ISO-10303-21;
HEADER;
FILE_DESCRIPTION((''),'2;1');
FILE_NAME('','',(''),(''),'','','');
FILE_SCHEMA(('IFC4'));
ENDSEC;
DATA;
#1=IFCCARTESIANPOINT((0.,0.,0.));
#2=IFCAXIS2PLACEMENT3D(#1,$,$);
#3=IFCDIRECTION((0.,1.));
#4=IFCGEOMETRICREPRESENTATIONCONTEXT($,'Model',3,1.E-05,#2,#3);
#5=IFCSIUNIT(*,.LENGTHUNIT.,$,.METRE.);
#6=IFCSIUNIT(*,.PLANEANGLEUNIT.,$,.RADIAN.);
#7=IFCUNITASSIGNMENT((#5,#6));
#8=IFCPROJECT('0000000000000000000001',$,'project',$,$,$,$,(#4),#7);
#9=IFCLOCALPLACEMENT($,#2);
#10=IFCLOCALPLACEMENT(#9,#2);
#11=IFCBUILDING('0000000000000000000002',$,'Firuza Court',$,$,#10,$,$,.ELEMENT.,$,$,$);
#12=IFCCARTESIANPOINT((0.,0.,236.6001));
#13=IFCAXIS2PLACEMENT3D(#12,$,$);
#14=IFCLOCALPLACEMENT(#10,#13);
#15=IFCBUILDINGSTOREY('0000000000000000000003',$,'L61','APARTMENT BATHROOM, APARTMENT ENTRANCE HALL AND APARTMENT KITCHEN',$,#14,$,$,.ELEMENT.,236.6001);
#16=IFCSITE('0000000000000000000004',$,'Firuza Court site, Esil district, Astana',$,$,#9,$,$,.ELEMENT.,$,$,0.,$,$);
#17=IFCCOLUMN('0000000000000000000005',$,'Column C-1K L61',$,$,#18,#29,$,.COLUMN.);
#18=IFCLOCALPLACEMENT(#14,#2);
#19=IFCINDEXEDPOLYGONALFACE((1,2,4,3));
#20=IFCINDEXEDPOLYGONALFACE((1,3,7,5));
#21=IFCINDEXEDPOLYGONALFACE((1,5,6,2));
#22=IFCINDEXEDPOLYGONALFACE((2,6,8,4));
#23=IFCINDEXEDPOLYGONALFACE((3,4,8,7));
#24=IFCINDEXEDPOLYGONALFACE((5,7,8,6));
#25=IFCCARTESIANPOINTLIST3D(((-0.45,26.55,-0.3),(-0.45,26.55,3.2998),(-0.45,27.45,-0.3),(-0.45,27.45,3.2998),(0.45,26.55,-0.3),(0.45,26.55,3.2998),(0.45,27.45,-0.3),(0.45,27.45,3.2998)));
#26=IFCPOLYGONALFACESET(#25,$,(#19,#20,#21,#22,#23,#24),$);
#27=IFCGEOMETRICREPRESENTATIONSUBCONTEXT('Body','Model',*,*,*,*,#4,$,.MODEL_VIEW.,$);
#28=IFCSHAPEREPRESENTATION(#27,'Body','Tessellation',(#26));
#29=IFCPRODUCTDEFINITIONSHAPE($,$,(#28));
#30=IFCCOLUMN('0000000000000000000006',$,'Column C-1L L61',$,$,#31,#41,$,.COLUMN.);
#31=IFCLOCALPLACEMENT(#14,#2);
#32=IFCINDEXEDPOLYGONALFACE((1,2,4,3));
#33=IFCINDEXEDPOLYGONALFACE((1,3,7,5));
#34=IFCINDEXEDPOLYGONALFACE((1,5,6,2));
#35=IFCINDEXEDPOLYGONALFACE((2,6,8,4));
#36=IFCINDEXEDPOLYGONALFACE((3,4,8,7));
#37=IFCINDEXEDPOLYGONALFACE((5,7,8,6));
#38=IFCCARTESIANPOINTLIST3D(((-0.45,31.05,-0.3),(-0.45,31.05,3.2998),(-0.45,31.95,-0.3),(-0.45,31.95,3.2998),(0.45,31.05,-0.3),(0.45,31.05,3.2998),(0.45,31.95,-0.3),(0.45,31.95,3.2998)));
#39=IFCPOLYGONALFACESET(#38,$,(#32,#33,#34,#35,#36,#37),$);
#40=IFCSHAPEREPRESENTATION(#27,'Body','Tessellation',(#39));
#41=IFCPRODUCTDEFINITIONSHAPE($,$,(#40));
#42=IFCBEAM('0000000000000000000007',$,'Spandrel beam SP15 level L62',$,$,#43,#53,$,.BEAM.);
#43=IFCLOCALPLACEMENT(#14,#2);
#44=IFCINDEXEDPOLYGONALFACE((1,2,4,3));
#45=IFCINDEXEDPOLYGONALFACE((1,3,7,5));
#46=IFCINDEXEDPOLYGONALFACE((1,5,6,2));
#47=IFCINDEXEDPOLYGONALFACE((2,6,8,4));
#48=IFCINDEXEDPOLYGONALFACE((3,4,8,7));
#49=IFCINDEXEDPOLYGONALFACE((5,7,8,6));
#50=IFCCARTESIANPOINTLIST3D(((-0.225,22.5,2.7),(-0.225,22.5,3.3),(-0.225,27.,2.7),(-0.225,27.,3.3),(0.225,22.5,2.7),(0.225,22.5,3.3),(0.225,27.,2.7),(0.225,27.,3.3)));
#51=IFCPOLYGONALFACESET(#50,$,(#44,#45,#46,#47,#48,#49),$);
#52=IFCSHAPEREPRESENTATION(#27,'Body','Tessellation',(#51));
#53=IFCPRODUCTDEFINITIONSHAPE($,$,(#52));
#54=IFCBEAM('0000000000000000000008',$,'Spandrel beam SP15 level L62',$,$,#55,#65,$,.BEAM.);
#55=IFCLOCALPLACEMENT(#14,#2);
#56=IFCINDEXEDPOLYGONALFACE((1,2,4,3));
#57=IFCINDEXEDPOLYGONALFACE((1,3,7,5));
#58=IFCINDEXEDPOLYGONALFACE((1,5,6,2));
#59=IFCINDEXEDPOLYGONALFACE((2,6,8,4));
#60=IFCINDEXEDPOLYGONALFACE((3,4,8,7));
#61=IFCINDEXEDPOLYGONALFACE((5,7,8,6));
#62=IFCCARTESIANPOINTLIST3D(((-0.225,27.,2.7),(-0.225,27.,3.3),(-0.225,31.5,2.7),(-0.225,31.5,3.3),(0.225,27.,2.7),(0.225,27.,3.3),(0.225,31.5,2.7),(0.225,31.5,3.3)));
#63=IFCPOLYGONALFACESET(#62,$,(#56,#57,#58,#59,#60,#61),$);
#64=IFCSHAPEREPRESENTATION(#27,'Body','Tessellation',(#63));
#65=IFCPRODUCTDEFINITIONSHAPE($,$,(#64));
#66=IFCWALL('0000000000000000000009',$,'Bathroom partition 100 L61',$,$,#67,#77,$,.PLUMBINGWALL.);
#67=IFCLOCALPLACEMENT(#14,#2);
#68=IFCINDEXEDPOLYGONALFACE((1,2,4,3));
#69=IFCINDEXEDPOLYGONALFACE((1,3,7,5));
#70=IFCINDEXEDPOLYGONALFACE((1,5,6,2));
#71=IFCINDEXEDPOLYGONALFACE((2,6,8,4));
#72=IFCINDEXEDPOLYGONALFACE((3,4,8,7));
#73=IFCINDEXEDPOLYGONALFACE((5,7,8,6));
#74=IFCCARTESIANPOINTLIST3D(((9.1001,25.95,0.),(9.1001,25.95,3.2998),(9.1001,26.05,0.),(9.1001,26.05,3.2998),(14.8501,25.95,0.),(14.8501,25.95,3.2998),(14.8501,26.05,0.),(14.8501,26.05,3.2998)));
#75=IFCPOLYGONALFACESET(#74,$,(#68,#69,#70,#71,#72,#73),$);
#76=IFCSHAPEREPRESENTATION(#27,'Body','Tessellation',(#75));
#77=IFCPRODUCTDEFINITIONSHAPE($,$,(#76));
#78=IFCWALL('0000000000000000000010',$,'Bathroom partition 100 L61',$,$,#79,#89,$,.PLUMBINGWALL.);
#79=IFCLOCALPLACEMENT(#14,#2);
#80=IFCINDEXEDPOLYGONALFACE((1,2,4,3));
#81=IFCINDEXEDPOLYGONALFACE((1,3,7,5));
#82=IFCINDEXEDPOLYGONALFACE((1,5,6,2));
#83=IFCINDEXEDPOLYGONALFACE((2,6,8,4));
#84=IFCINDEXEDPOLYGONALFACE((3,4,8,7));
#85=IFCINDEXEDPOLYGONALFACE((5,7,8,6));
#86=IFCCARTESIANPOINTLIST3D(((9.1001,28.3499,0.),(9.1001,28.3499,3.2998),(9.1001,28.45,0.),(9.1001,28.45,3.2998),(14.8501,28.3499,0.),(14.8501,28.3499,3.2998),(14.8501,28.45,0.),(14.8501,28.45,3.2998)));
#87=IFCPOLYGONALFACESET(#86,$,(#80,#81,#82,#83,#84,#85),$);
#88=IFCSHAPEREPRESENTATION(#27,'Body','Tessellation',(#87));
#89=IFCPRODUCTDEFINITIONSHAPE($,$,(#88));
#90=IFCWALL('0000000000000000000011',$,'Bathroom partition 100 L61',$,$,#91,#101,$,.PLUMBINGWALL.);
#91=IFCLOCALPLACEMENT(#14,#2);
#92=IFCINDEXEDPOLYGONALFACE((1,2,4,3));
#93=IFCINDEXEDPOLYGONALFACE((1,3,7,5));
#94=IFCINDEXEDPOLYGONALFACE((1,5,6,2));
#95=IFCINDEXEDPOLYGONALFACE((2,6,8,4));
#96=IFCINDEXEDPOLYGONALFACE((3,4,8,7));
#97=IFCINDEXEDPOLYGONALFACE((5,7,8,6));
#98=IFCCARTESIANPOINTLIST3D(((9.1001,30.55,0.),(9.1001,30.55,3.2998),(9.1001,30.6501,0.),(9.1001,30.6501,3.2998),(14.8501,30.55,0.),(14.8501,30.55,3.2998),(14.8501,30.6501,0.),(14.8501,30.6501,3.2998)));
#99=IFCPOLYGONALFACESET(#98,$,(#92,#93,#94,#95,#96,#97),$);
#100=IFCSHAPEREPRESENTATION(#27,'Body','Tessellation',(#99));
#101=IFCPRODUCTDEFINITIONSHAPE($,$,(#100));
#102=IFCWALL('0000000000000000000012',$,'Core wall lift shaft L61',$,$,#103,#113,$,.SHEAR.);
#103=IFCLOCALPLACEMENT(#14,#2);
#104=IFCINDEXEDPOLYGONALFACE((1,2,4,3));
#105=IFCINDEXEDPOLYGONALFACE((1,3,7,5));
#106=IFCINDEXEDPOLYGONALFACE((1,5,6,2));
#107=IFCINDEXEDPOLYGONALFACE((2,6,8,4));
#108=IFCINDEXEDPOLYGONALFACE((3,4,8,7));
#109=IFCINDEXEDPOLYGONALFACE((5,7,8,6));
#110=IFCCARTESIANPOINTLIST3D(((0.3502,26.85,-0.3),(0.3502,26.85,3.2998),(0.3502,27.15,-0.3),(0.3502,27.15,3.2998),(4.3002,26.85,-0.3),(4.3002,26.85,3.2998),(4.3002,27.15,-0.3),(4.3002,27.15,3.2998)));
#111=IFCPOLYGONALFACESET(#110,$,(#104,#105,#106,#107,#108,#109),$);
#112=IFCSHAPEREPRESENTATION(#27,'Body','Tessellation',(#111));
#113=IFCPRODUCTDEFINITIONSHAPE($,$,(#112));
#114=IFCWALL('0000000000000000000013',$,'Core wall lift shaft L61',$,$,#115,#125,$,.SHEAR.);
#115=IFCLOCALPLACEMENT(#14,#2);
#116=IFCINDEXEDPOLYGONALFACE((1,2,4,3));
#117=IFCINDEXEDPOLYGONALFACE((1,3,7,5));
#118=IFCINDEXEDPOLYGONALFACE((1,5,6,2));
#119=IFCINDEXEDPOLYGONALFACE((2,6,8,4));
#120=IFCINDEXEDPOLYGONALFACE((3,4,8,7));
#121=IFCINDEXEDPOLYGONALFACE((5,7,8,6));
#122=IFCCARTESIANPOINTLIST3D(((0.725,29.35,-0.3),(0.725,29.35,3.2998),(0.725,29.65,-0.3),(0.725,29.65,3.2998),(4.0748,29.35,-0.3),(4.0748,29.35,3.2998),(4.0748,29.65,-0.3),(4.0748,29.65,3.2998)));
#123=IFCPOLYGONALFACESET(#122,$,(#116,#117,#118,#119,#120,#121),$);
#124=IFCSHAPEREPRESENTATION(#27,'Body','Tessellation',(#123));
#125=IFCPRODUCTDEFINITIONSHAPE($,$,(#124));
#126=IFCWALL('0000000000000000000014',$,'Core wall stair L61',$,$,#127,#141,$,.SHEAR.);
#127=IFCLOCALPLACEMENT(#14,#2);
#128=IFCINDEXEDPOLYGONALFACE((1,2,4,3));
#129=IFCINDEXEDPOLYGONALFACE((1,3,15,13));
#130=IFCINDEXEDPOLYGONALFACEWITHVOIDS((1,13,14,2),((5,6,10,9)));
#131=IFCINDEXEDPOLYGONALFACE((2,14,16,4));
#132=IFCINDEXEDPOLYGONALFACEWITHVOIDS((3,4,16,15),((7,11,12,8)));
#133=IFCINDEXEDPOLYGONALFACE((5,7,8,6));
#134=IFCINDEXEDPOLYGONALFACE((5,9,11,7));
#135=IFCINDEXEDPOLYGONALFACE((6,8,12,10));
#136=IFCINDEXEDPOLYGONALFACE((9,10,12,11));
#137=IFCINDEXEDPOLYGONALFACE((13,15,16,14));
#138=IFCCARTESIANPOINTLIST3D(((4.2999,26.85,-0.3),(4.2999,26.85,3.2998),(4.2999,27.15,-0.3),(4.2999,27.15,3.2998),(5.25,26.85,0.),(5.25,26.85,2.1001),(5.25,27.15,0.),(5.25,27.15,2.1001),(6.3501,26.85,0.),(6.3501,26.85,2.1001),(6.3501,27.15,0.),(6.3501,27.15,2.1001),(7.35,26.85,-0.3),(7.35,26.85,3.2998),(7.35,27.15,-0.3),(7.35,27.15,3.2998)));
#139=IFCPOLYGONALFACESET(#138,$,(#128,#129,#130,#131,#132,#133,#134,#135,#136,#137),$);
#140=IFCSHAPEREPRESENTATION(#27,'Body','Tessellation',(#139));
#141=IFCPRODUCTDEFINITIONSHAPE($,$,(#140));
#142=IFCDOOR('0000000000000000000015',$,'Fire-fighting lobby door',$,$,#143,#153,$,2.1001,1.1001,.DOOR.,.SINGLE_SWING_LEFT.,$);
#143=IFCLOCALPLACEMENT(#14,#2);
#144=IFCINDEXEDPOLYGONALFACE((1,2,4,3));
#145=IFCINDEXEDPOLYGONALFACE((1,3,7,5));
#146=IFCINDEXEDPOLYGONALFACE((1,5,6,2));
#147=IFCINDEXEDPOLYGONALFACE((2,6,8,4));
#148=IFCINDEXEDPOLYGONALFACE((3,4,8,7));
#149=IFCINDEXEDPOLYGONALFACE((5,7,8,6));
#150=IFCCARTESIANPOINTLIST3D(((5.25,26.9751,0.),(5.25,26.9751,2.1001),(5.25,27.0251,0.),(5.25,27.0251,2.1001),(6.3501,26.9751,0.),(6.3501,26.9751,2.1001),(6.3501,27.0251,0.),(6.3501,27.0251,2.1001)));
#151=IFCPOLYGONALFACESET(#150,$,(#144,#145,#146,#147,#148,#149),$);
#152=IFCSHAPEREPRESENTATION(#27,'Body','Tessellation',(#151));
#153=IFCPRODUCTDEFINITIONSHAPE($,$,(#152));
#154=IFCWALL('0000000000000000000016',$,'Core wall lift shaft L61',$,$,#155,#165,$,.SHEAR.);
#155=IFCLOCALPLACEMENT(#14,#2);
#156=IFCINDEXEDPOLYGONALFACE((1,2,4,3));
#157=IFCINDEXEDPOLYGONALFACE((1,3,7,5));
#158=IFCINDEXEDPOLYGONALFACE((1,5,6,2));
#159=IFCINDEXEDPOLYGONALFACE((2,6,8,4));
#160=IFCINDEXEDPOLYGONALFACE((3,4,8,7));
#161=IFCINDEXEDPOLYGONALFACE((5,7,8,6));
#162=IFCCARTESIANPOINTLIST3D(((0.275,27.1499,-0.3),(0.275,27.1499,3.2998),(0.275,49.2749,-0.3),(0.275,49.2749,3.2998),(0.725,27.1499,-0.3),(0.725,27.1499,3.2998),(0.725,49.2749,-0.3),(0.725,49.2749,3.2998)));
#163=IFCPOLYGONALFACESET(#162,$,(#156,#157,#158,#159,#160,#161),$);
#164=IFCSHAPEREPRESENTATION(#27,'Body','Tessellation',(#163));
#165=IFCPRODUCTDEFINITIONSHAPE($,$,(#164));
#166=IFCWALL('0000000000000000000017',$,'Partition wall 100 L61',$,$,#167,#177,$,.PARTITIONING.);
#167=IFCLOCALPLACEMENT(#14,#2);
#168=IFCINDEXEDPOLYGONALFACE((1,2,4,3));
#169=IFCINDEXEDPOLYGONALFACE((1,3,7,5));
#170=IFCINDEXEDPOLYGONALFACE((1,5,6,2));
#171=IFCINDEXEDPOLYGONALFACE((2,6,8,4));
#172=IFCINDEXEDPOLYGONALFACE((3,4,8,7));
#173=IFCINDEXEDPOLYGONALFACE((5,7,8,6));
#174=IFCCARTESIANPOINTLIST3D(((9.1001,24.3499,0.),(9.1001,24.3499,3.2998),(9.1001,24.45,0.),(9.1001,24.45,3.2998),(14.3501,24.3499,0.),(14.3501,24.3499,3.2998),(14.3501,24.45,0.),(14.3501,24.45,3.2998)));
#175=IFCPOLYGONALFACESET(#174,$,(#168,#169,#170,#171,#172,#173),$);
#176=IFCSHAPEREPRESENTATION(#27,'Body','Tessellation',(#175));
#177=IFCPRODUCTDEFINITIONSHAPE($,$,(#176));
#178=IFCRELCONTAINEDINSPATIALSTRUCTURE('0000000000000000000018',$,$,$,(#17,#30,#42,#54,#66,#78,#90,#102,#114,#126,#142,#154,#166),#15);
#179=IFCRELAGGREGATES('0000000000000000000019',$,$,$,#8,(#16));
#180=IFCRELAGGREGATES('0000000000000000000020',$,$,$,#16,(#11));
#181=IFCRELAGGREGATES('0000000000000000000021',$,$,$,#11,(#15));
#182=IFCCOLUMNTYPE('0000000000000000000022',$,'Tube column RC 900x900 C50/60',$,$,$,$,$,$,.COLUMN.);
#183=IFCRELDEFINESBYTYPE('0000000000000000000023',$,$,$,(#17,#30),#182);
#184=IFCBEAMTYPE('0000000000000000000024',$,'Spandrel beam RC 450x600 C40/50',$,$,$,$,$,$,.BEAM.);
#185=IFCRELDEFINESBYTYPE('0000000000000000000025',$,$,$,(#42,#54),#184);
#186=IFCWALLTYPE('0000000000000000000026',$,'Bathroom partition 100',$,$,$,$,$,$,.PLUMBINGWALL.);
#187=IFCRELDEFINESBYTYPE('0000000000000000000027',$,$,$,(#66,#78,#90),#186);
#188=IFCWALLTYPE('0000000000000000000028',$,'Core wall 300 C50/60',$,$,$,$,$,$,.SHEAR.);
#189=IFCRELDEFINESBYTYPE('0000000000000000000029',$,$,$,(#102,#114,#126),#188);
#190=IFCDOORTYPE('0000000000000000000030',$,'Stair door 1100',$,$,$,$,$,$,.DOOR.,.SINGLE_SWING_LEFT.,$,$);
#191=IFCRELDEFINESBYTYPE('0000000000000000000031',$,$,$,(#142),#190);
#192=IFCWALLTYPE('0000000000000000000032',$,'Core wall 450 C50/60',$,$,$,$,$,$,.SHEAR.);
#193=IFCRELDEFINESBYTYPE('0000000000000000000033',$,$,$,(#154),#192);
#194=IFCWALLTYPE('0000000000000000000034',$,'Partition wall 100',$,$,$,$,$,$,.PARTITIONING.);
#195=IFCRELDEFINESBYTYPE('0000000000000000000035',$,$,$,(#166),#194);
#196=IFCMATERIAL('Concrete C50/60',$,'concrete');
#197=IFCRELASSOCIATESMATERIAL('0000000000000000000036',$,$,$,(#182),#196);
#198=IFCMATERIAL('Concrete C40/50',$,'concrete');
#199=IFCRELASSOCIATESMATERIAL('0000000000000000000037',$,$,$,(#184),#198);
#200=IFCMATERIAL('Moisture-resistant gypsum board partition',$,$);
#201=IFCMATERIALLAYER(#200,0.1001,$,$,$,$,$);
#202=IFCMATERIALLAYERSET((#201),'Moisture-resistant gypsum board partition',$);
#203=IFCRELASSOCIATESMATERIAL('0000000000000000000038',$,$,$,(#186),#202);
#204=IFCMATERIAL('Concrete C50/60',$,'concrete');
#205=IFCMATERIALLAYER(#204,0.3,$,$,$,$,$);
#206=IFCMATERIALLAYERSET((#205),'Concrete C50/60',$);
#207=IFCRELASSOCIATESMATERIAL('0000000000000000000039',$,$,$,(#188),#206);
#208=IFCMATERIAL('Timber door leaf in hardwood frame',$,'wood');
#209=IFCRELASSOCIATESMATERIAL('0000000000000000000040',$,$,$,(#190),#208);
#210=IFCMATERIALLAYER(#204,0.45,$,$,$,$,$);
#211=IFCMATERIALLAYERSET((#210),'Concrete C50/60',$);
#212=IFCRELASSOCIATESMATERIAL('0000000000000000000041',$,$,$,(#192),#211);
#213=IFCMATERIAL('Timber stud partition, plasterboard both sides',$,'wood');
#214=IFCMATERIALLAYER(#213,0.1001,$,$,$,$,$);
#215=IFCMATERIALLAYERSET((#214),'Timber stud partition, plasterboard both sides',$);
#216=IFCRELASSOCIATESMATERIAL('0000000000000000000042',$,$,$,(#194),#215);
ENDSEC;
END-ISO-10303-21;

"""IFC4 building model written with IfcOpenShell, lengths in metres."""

from ifc_helpers import new_model, si_unit, direction, frame, frame_2d, origin, origin_2d, place, context, subcontext, project, spatial, rectangle, extrude, material, layer, layer_set, material_profile, profile_set, type_object, element, fill, save


model = new_model("IFC4")

# Units and contexts
model_context = context("Model", 3, precision=1e-05, world=origin(), true_north=direction((0.0, 1.0)))
body_context = subcontext(model_context, "Body", "Model", "MODEL_VIEW")
ifc_project = project(units=[si_unit("LENGTHUNIT", "METRE"), si_unit("PLANEANGLEUNIT", "RADIAN")], contexts=[model_context])

# Site, building, storey
site_placement = place(None, origin())
site = spatial("IfcSite", under=ifc_project, at=site_placement, Name="Firuza Court site, Esil district, Astana", CompositionType="ELEMENT", RefElevation=0.0)
building_placement = place(site_placement, origin())
building = spatial("IfcBuilding", under=site, at=building_placement, Name="Firuza Court", CompositionType="ELEMENT")
storey_placement = place(building_placement, frame((0.0, 0.0, 236.6001)))
storey = spatial("IfcBuildingStorey", under=building, at=storey_placement, Name="L61", Description="APARTMENT BATHROOM, APARTMENT ENTRANCE HALL AND APARTMENT KITCHEN", CompositionType="ELEMENT", Elevation=236.6001)

# Columns
ifc_material_1 = material(Name="Concrete C50/60", Category="concrete")
ifc_material_profile_1 = material_profile(ifc_material_1, rectangle(XDim=0.8999, YDim=0.8999, at=origin_2d()), Name="RC 900x900")
ifc_profile_set_1 = profile_set([ifc_material_profile_1], Name="Concrete C50/60")
column_type = type_object("IfcColumnType", Name="Tube column RC 900x900 C50/60", PredefinedType="COLUMN", material=ifc_profile_set_1)
for number, where, z_axis, x_axis, name in (
    (1, (0.0, 27.0, -0.3), (0.0, 0.0, 1.0), (1.0, 0.0, 0.0), "Column C-1K L61"),
    (2, (0.0, 31.5, -0.3), (0.0, 0.0, 1.0), (1.0, 0.0, 0.0), "Column C-1L L61"),
):
    element("IfcColumn", number, at=place(storey_placement, frame(where, z_axis=z_axis, x_axis=x_axis)), inside=storey, type_object=column_type, Name=name, PredefinedType="COLUMN", context=body_context, shape_type="SweptSolid", body=[
        extrude(rectangle(XDim=0.8999, YDim=0.8999, at=origin_2d()), origin(), (0.0, 0.0, 1.0), 3.5999),
    ])

# Beams
ifc_material_2 = material(Name="Concrete C40/50", Category="concrete")
ifc_material_profile_2 = material_profile(ifc_material_2, rectangle(XDim=0.45, YDim=0.6001, at=origin_2d()), Name="RC 450x600")
ifc_profile_set_2 = profile_set([ifc_material_profile_2], Name="Concrete C40/50")
beam_type = type_object("IfcBeamType", Name="Spandrel beam RC 450x600 C40/50", PredefinedType="BEAM", material=ifc_profile_set_2)
for number, where, z_axis, x_axis, name in (
    (3, (0.0, 27.0, 3.0), (0.0, -1.0, 0.0), (1.0, 0.0, 0.0), "Spandrel beam SP15 level L62"),
    (4, (0.0, 31.5, 3.0), (0.0, -1.0, 0.0), (1.0, 0.0, 0.0), "Spandrel beam SP15 level L62"),
):
    element("IfcBeam", number, at=place(storey_placement, frame(where, z_axis=z_axis, x_axis=x_axis)), inside=storey, type_object=beam_type, Name=name, PredefinedType="BEAM", context=body_context, shape_type="SweptSolid", body=[
        extrude(rectangle(XDim=0.45, YDim=0.6001, at=origin_2d()), origin(), (0.0, 0.0, 1.0), 4.5),
    ])

# Walls
ifc_material_3 = material(Name="Moisture-resistant gypsum board partition")
ifc_layer_1 = layer(ifc_material_3, 0.1001)
ifc_layer_set_1 = layer_set([ifc_layer_1], Name="Moisture-resistant gypsum board partition")
wall_type_1 = type_object("IfcWallType", Name="Bathroom partition 100", PredefinedType="PLUMBINGWALL", material=ifc_layer_set_1)
for number, where, z_axis, x_axis, name in (
    (5, (9.1001, 26.0, 0.0), (0.0, 0.0, 1.0), (1.0, 0.0, 0.0), "Bathroom partition 100 L61"),
    (6, (9.1001, 28.3999, 0.0), (0.0, 0.0, 1.0), (1.0, 0.0, 0.0), "Bathroom partition 100 L61"),
    (7, (9.1001, 30.6001, 0.0), (0.0, 0.0, 1.0), (1.0, 0.0, 0.0), "Bathroom partition 100 L61"),
):
    element("IfcWall", number, at=place(storey_placement, frame(where, z_axis=z_axis, x_axis=x_axis)), inside=storey, type_object=wall_type_1, Name=name, PredefinedType="PLUMBINGWALL", context=body_context, shape_type="SweptSolid", body=[
        extrude(rectangle(XDim=5.75, YDim=0.1001, at=frame_2d((2.875, 0.0))), origin(), (0.0, 0.0, 1.0), 3.2998),
    ])
ifc_material_4 = material(Name="Concrete C50/60", Category="concrete")
ifc_layer_2 = layer(ifc_material_4, 0.3)
ifc_layer_set_2 = layer_set([ifc_layer_2], Name="Concrete C50/60")
wall_type_2 = type_object("IfcWallType", Name="Core wall 300 C50/60", PredefinedType="SHEAR", material=ifc_layer_set_2)
wall_1_placement = place(storey_placement, frame((0.3501, 27.0, -0.3), z_axis=(0.0, 0.0, 1.0), x_axis=(1.0, 0.0, 0.0)))
element("IfcWall", 8, at=wall_1_placement, inside=storey, type_object=wall_type_2, Name="Core wall lift shaft L61", PredefinedType="SHEAR", context=body_context, shape_type="SweptSolid", body=[
    extrude(rectangle(XDim=3.95, YDim=0.3, at=frame_2d((1.9751, 0.0))), origin(), (0.0, 0.0, 1.0), 3.5999),
])
wall_2_placement = place(storey_placement, frame((0.7251, 29.5, -0.3), z_axis=(0.0, 0.0, 1.0), x_axis=(1.0, 0.0, 0.0)))
element("IfcWall", 9, at=wall_2_placement, inside=storey, type_object=wall_type_2, Name="Core wall lift shaft L61", PredefinedType="SHEAR", context=body_context, shape_type="SweptSolid", body=[
    extrude(rectangle(XDim=3.3499, YDim=0.3, at=frame_2d((1.6748, 0.0))), origin(), (0.0, 0.0, 1.0), 3.5999),
])

# Wall, opening, door
wall_3_placement = place(storey_placement, frame((4.3, 27.0, -0.3), z_axis=(0.0, 0.0, 1.0), x_axis=(1.0, 0.0, 0.0)))
wall_3 = element("IfcWall", 10, at=wall_3_placement, inside=storey, type_object=wall_type_2, Name="Core wall stair L61", PredefinedType="SHEAR", context=body_context, shape_type="SweptSolid", body=[
    extrude(rectangle(XDim=3.05, YDim=0.3, at=frame_2d((1.5249, 0.0))), origin(), (0.0, 0.0, 1.0), 3.5999),
])
opening_1_placement = place(wall_3_placement, frame((0.95, 0.0, 0.3)))
opening_1 = element("IfcOpeningElement", 11, at=opening_1_placement, cuts=wall_3, PredefinedType="OPENING", context=body_context, shape_type="SweptSolid", body=[
    extrude(rectangle(XDim=1.1001, YDim=2.1001, at=frame_2d((0.55, 1.05))), frame((0.0, 0.1621, 0.0), z_axis=(0.0, -1.0, 0.0), x_axis=(1.0, 0.0, 0.0)), (0.0, 0.0, 1.0), 0.324),
])
ifc_material_5 = material(Name="Timber door leaf in hardwood frame", Category="wood")
door_type_1 = type_object("IfcDoorType", Name="Stair door 1100", OperationType="SINGLE_SWING_LEFT", PredefinedType="DOOR", material=ifc_material_5)
door_1_placement = place(opening_1_placement, frame((1.1001, 0.0, 0.0), z_axis=(0.0, 0.0, 1.0), x_axis=(-1.0, 0.0, 0.0)))
door_1 = element("IfcDoor", 12, at=door_1_placement, inside=storey, type_object=door_type_1, Name="Fire-fighting lobby door", OperationType="SINGLE_SWING_LEFT", OverallHeight=2.1001, OverallWidth=1.1001, PredefinedType="DOOR", context=body_context, shape_type="SweptSolid", body=[
    extrude(rectangle(XDim=1.1001, YDim=2.1001, at=frame_2d((0.55, 1.05))), frame((0.0, 0.0249, 0.0), z_axis=(0.0, -1.0, 0.0), x_axis=(1.0, 0.0, 0.0)), (0.0, 0.0, 1.0), 0.05),
])
fill(opening_1, door_1)

# Wall
ifc_layer_3 = layer(ifc_material_4, 0.45)
ifc_layer_set_3 = layer_set([ifc_layer_3], Name="Concrete C50/60")
wall_type_3 = type_object("IfcWallType", Name="Core wall 450 C50/60", PredefinedType="SHEAR", material=ifc_layer_set_3)
wall_4_placement = place(storey_placement, frame((0.5, 27.1499, -0.3), z_axis=(0.0, 0.0, 1.0), x_axis=(0.0, 1.0, 0.0)))
element("IfcWall", 13, at=wall_4_placement, inside=storey, type_object=wall_type_3, Name="Core wall lift shaft L61", PredefinedType="SHEAR", context=body_context, shape_type="SweptSolid", body=[
    extrude(rectangle(XDim=22.125, YDim=0.45, at=frame_2d((11.0625, 0.0))), origin(), (0.0, 0.0, 1.0), 3.5999),
])

# Wall
ifc_material_6 = material(Name="Timber stud partition, plasterboard both sides", Category="wood")
ifc_layer_4 = layer(ifc_material_6, 0.1001)
ifc_layer_set_4 = layer_set([ifc_layer_4], Name="Timber stud partition, plasterboard both sides")
wall_type_4 = type_object("IfcWallType", Name="Partition wall 100", PredefinedType="PARTITIONING", material=ifc_layer_set_4)
wall_5_placement = place(storey_placement, frame((9.1001, 24.3999, 0.0), z_axis=(0.0, 0.0, 1.0), x_axis=(1.0, 0.0, 0.0)))
element("IfcWall", 14, at=wall_5_placement, inside=storey, type_object=wall_type_4, Name="Partition wall 100 L61", PredefinedType="PARTITIONING", context=body_context, shape_type="SweptSolid", body=[
    extrude(rectangle(XDim=5.25, YDim=0.1001, at=frame_2d((2.625, 0.0))), origin(), (0.0, 0.0, 1.0), 3.2998),
])

save(model, "model.ifc")
